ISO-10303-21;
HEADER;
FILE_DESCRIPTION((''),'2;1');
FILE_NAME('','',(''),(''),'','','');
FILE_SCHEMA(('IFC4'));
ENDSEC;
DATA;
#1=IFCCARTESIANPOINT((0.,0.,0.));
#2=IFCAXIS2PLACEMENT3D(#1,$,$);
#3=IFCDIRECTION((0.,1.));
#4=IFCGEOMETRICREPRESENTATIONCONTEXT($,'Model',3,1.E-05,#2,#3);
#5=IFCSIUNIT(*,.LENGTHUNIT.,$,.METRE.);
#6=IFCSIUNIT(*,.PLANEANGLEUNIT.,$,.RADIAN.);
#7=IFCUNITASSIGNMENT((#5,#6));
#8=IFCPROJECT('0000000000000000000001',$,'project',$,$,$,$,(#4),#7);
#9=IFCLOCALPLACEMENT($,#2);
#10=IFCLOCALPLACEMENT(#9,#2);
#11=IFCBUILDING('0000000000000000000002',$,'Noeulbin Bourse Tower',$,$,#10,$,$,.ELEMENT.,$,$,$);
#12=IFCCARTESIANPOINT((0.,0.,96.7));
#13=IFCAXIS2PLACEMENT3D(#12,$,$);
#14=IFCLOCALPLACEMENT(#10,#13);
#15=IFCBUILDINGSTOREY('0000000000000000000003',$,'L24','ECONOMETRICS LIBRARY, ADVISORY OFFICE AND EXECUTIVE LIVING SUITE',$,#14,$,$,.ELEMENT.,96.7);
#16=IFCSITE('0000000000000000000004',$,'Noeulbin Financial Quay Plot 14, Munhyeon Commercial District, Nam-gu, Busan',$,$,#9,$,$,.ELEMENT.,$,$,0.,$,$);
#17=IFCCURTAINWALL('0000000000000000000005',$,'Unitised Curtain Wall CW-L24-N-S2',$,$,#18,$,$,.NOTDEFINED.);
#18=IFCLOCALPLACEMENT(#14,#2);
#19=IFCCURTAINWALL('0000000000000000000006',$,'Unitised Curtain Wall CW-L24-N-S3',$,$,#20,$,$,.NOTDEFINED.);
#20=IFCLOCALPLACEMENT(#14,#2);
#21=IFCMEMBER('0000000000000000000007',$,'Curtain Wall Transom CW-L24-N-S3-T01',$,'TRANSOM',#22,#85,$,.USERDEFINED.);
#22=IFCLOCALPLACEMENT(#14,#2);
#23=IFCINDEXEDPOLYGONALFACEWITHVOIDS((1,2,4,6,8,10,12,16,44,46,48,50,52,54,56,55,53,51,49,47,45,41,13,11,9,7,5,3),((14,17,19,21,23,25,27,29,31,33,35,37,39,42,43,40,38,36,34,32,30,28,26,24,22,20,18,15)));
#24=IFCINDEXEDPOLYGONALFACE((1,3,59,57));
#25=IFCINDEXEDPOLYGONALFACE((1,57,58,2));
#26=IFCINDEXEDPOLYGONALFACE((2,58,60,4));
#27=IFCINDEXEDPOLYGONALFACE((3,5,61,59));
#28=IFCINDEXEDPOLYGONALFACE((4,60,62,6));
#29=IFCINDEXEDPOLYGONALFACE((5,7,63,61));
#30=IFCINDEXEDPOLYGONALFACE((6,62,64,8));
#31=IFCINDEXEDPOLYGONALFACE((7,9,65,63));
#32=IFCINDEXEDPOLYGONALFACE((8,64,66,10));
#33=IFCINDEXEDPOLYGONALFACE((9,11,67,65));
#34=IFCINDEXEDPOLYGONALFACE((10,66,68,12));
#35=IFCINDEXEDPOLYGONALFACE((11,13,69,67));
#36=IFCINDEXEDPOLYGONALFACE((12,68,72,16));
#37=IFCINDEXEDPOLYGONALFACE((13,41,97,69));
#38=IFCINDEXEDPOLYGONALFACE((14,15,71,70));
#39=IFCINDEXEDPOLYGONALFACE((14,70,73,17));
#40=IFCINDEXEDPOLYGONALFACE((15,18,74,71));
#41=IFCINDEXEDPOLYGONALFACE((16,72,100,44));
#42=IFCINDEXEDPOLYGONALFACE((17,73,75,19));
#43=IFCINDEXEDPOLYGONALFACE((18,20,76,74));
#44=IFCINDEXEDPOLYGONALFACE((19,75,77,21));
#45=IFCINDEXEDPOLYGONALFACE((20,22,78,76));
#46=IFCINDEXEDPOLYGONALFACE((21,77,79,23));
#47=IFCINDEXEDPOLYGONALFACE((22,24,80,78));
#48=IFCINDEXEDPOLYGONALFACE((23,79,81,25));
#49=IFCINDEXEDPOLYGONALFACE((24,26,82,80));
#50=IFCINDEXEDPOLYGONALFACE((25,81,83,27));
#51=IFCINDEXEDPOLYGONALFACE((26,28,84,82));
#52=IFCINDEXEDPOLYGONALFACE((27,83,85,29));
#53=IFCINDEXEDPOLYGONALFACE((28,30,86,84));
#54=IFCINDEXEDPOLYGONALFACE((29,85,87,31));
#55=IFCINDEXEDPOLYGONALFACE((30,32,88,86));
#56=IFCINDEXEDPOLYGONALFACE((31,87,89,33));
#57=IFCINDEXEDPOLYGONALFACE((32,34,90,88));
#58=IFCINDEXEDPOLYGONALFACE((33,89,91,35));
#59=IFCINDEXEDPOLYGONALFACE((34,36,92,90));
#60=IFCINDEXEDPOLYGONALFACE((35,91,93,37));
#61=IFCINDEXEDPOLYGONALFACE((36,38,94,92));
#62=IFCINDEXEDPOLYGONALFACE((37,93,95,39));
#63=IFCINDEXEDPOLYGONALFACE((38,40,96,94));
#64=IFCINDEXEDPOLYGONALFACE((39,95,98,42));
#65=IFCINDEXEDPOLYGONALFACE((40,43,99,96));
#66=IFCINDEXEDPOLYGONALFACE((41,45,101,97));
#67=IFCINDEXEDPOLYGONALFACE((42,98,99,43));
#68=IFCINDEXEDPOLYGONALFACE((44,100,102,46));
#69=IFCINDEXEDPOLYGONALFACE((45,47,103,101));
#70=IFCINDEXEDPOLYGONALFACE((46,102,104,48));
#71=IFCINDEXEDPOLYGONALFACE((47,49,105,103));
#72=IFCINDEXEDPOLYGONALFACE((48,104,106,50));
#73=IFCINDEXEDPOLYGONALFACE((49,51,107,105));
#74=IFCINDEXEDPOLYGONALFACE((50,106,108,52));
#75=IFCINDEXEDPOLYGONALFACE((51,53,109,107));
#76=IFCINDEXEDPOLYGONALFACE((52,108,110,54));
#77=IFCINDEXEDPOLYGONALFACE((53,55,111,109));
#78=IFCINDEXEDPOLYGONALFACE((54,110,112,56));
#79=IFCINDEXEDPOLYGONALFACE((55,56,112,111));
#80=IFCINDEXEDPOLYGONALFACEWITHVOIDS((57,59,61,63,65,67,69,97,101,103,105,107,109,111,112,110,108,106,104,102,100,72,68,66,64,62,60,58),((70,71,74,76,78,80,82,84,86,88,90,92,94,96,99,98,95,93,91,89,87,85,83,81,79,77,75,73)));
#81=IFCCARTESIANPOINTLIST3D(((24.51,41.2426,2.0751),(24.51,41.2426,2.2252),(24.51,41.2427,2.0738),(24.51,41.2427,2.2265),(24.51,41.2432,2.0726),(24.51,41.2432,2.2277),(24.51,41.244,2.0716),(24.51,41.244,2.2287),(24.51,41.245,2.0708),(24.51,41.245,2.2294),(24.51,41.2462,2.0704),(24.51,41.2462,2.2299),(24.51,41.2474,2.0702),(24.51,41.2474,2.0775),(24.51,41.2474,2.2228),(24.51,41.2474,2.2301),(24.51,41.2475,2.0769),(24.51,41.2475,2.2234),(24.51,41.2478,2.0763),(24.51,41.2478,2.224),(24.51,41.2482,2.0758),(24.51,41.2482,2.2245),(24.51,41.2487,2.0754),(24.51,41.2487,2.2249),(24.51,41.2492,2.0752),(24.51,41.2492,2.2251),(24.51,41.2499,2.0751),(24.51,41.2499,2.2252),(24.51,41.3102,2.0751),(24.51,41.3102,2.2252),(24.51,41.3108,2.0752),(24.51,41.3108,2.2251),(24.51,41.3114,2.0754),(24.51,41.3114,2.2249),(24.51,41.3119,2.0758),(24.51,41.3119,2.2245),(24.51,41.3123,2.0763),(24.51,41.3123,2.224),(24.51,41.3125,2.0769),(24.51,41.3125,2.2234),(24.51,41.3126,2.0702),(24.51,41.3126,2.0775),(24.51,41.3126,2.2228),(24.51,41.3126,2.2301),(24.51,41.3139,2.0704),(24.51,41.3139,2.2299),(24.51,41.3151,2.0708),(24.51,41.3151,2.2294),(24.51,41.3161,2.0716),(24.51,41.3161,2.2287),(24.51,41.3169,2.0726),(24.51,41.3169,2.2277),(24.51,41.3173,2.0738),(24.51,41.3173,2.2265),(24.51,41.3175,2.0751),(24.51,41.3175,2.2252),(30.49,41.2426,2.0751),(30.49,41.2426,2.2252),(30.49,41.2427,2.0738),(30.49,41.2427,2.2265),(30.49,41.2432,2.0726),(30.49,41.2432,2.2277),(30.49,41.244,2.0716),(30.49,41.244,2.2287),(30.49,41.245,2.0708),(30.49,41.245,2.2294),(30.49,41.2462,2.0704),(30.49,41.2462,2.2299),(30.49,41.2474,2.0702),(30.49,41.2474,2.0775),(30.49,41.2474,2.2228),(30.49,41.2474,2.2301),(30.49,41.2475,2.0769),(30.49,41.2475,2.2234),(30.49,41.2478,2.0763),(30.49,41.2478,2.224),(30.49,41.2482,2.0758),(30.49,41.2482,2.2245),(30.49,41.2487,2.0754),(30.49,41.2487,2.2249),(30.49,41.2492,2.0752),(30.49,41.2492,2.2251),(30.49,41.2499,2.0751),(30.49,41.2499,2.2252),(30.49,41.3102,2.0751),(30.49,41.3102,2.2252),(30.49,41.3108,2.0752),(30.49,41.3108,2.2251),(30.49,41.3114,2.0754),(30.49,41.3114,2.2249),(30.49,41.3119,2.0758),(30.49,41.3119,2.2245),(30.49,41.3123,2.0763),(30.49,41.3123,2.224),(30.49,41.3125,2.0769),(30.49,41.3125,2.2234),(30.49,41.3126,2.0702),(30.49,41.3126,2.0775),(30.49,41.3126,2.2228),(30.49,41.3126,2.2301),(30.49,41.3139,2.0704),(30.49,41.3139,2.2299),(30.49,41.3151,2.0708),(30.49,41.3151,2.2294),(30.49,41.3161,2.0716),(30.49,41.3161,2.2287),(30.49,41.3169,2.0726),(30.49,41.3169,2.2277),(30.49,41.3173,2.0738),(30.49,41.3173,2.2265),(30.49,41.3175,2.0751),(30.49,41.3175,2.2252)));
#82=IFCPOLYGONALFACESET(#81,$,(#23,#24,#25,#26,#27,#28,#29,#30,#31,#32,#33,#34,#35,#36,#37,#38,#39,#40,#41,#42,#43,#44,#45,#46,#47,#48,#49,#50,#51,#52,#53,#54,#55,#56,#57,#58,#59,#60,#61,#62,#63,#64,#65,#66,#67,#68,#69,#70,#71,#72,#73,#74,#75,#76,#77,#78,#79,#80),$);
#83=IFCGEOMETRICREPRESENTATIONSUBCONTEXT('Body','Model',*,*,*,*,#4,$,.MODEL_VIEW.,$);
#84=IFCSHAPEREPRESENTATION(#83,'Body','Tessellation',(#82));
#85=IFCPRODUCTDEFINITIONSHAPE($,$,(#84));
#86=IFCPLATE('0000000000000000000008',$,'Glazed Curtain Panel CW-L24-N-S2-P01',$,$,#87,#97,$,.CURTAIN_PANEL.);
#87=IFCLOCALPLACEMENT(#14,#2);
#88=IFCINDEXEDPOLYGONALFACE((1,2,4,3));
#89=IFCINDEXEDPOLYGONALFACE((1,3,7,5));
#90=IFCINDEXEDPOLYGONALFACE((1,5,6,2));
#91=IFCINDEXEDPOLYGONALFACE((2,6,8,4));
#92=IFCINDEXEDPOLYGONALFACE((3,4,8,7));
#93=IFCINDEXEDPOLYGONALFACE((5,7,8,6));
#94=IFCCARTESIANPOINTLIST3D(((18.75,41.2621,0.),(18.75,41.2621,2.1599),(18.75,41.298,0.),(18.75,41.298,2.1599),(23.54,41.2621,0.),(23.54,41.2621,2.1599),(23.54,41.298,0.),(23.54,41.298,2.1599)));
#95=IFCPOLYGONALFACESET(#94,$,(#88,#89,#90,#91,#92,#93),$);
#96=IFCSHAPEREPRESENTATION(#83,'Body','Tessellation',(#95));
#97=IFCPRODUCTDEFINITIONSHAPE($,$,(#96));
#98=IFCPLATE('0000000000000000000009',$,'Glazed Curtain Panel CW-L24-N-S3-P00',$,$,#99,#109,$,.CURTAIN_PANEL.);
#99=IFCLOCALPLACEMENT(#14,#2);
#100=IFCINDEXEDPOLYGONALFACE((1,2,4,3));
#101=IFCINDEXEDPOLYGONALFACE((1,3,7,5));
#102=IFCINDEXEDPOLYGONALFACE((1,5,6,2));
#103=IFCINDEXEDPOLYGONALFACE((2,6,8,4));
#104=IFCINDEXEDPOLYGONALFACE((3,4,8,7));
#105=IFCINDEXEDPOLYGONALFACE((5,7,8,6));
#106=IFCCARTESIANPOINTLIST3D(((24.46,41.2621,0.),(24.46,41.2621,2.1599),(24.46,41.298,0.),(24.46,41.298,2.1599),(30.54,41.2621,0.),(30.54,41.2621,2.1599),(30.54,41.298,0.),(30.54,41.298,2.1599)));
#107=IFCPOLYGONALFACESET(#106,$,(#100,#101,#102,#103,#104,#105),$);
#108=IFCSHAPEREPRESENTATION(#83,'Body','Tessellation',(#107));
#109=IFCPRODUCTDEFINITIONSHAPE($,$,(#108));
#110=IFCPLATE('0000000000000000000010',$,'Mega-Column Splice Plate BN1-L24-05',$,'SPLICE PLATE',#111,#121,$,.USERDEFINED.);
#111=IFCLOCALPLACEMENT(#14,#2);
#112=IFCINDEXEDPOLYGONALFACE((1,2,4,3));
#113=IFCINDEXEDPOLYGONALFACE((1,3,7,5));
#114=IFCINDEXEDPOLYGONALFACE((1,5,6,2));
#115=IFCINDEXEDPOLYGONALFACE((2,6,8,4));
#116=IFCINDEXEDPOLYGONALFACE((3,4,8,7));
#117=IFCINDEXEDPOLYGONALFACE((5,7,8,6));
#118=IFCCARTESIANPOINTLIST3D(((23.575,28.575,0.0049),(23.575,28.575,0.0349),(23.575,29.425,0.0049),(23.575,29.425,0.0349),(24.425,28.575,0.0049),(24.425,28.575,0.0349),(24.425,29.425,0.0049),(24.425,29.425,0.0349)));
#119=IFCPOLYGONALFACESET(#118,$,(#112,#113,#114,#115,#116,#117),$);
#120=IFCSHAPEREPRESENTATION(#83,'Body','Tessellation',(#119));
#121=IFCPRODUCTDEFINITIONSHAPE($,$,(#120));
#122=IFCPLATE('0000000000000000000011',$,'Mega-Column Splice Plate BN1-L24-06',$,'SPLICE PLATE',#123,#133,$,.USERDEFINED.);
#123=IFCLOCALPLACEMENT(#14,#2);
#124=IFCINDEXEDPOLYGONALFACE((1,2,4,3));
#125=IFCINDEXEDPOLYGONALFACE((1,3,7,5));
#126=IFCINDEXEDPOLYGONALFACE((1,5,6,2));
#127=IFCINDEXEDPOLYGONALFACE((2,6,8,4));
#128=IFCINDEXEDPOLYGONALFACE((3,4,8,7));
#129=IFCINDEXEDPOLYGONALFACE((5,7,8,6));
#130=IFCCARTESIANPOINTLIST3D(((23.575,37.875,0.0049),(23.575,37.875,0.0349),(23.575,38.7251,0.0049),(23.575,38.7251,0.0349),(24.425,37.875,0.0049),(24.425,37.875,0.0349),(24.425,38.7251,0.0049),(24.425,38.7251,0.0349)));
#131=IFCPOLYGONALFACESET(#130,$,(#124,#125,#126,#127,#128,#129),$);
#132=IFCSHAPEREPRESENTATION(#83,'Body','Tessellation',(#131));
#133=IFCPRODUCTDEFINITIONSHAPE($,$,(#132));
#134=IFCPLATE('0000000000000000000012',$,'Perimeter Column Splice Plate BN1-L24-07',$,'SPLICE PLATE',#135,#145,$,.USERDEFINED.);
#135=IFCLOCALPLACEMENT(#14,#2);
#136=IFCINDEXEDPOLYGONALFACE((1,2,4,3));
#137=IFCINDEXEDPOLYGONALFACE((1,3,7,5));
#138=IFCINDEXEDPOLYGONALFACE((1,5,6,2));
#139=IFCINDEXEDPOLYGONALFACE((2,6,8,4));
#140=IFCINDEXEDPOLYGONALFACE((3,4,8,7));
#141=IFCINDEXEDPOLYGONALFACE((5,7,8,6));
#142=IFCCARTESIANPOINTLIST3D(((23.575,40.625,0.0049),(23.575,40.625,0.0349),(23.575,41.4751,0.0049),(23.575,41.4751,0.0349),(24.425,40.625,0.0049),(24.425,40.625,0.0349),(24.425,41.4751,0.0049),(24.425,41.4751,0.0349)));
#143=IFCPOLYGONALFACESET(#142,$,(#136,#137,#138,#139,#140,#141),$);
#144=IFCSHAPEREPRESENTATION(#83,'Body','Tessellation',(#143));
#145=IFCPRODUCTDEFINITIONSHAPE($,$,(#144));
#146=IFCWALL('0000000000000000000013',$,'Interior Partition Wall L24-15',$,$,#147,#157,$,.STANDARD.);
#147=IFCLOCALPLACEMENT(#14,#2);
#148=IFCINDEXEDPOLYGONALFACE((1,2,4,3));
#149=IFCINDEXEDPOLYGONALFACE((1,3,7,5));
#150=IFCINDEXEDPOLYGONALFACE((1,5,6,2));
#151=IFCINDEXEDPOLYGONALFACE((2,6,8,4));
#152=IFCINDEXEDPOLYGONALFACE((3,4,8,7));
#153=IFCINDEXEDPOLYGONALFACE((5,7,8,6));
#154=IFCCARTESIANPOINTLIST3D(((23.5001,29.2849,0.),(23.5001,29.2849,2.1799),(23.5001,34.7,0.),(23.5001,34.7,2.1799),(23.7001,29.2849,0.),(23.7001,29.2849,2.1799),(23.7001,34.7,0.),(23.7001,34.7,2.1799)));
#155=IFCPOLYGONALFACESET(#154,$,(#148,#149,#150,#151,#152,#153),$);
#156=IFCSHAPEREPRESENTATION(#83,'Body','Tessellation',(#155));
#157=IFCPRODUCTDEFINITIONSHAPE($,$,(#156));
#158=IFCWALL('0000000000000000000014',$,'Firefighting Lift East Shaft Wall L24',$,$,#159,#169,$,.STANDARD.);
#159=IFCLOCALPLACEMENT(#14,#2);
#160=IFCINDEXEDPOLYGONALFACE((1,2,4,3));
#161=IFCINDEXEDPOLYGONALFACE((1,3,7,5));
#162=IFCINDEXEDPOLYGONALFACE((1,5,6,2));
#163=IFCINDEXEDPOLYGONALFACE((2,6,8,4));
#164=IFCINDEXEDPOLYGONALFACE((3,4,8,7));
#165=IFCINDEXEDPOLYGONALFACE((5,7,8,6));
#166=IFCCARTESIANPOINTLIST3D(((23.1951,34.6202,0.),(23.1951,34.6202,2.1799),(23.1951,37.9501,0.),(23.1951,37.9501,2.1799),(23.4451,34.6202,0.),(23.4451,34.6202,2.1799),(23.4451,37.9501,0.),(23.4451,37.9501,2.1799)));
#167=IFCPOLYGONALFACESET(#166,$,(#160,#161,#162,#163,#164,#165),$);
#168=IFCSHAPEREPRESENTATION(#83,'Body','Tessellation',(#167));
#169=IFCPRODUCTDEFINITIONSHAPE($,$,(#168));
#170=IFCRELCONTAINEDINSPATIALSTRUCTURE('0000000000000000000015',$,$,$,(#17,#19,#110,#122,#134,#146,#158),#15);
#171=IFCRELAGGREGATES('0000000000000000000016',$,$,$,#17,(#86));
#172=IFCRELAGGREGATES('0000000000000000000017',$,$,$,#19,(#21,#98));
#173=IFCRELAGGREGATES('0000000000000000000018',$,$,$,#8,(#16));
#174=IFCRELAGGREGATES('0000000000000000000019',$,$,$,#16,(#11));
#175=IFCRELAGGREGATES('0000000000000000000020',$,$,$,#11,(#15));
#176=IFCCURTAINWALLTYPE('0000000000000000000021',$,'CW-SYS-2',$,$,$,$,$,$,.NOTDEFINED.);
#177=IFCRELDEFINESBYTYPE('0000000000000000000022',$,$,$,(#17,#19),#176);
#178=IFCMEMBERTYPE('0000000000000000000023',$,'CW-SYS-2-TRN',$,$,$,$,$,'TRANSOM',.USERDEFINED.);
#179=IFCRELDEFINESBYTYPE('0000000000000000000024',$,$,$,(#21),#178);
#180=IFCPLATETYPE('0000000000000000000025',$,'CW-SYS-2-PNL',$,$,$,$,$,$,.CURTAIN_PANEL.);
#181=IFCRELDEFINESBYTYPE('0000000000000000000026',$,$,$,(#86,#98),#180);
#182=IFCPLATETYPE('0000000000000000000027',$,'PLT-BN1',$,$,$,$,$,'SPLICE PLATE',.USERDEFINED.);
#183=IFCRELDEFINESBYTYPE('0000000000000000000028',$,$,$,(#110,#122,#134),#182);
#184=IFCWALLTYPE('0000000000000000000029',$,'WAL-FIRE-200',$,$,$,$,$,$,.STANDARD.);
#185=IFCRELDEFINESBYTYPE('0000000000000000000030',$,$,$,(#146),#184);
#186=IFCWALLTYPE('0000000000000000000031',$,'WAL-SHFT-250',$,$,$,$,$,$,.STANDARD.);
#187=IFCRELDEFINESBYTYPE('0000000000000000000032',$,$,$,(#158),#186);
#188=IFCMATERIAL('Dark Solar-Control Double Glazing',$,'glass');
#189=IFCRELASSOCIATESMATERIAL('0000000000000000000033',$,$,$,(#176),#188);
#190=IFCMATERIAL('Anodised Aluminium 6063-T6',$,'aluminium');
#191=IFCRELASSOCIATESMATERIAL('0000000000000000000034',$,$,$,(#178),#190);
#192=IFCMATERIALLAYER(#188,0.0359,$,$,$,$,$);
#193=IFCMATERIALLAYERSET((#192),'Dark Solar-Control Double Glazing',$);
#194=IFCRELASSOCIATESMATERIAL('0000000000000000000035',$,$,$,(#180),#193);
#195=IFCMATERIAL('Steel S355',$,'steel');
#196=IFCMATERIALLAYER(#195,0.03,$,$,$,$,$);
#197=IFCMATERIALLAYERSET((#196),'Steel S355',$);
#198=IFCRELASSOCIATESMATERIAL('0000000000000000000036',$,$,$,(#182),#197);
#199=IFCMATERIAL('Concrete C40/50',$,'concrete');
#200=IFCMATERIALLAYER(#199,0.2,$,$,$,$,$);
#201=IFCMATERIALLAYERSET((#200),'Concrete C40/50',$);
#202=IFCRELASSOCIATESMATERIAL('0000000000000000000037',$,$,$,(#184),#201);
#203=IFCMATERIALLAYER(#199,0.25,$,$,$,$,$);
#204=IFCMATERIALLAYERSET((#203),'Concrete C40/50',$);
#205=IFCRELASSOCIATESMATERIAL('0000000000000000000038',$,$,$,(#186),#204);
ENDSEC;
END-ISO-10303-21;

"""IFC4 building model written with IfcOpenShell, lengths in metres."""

from ifc_helpers import new_model, si_unit, direction, frame, frame_2d, origin, origin_2d, place, context, subcontext, project, spatial, rectangle, hollow_rectangle, extrude, material, layer, layer_set, material_profile, profile_set, type_object, element, aggregate, save


model = new_model("IFC4")

# Units and contexts
model_context = context("Model", 3, precision=1e-05, world=origin(), true_north=direction((0.0, 1.0)))
body_context = subcontext(model_context, "Body", "Model", "MODEL_VIEW")
ifc_project = project(units=[si_unit("LENGTHUNIT", "METRE"), si_unit("PLANEANGLEUNIT", "RADIAN")], contexts=[model_context])

# Site, building, storey
site_placement = place(None, origin())
site = spatial("IfcSite", under=ifc_project, at=site_placement, Name="Noeulbin Financial Quay Plot 14, Munhyeon Commercial District, Nam-gu, Busan", CompositionType="ELEMENT", RefElevation=0.0)
building_placement = place(site_placement, origin())
building = spatial("IfcBuilding", under=site, at=building_placement, Name="Noeulbin Bourse Tower", CompositionType="ELEMENT")
storey_placement = place(building_placement, frame((0.0, 0.0, 96.7)))
storey = spatial("IfcBuildingStorey", under=building, at=storey_placement, Name="L24", Description="ECONOMETRICS LIBRARY, ADVISORY OFFICE AND EXECUTIVE LIVING SUITE", CompositionType="ELEMENT", Elevation=96.7)

# Shared definitions
ifc_material_1 = material(Name="Steel S355", Category="steel")

# Curtain wall
ifc_material_2 = material(Name="Dark Solar-Control Double Glazing", Category="glass")
curtain_wall_type = type_object("IfcCurtainWallType", Name="CW-SYS-2", PredefinedType="NOTDEFINED", material=ifc_material_2)
curtain_wall_1_placement = place(storey_placement, origin())
curtain_wall_1 = element("IfcCurtainWall", 1, at=curtain_wall_1_placement, inside=storey, type_object=curtain_wall_type, Name="Unitised Curtain Wall CW-L24-N-S2", PredefinedType="NOTDEFINED")
ifc_material_3 = material(Name="Anodised Aluminium 6063-T6", Category="aluminium")

# Curtain wall, member
curtain_wall_2_placement = place(storey_placement, origin())
curtain_wall_2 = element("IfcCurtainWall", 2, at=curtain_wall_2_placement, inside=storey, type_object=curtain_wall_type, Name="Unitised Curtain Wall CW-L24-N-S3", PredefinedType="NOTDEFINED")
ifc_material_profile_1 = material_profile(ifc_material_3, hollow_rectangle(XDim=0.075, YDim=0.1599, WallThickness=0.0049, InnerFilletRadius=0.0024, OuterFilletRadius=0.0049, at=origin_2d()), Name="ALU-TRAN-75x160x5", Category="LoadBearing")
ifc_profile_set_1 = profile_set([ifc_material_profile_1], Name="Anodised Aluminium 6063-T6")
member_type_1 = type_object("IfcMemberType", Name="CW-SYS-2-TRN", ElementType="TRANSOM", PredefinedType="USERDEFINED", material=ifc_profile_set_1)
member_1_placement = place(storey_placement, frame((24.51, 41.28, 2.1501), z_axis=(1.0, 0.0, 0.0), x_axis=(0.0, 1.0, 0.0)))
member_1 = element("IfcMember", 3, at=member_1_placement, type_object=member_type_1, Name="Curtain Wall Transom CW-L24-N-S3-T01", ObjectType="TRANSOM", PredefinedType="USERDEFINED", context=body_context, shape_type="SweptSolid", body=[
    extrude(hollow_rectangle(XDim=0.075, YDim=0.1599, WallThickness=0.0049, InnerFilletRadius=0.0024, OuterFilletRadius=0.0049, at=origin_2d()), origin(), (0.0, 0.0, 1.0), 5.98),
])

# Plates
ifc_layer_1 = layer(ifc_material_2, 0.0359)
ifc_layer_set_1 = layer_set([ifc_layer_1], Name="Dark Solar-Control Double Glazing")
plate_type_1 = type_object("IfcPlateType", Name="CW-SYS-2-PNL", PredefinedType="CURTAIN_PANEL", material=ifc_layer_set_1)
plate_1_placement = place(storey_placement, frame((21.145, 41.28, 0.0), z_axis=(0.0, 0.0, 1.0), x_axis=(1.0, 0.0, 0.0)))
plate_1 = element("IfcPlate", 4, at=plate_1_placement, type_object=plate_type_1, Name="Glazed Curtain Panel CW-L24-N-S2-P01", PredefinedType="CURTAIN_PANEL", context=body_context, shape_type="SweptSolid", body=[
    extrude(rectangle(XDim=4.79, YDim=0.0359, at=origin_2d()), origin(), (0.0, 0.0, 1.0), 2.1599),
])
aggregate(curtain_wall_1, [plate_1])
plate_2_placement = place(storey_placement, frame((27.5, 41.28, 0.0), z_axis=(0.0, 0.0, 1.0), x_axis=(1.0, 0.0, 0.0)))
plate_2 = element("IfcPlate", 5, at=plate_2_placement, type_object=plate_type_1, Name="Glazed Curtain Panel CW-L24-N-S3-P00", PredefinedType="CURTAIN_PANEL", context=body_context, shape_type="SweptSolid", body=[
    extrude(rectangle(XDim=6.0801, YDim=0.0359, at=origin_2d()), origin(), (0.0, 0.0, 1.0), 2.1599),
])
aggregate(curtain_wall_2, [member_1, plate_2])

# Plates
ifc_layer_2 = layer(ifc_material_1, 0.03)
ifc_layer_set_2 = layer_set([ifc_layer_2], Name="Steel S355")
plate_type_2 = type_object("IfcPlateType", Name="PLT-BN1", ElementType="SPLICE PLATE", PredefinedType="USERDEFINED", material=ifc_layer_set_2)
for number, where, z_axis, x_axis, name in (
    (6, (24.0, 29.0, 0.0049), (0.0, 0.0, 1.0), (1.0, 0.0, 0.0), "Mega-Column Splice Plate BN1-L24-05"),
    (7, (24.0, 38.3, 0.0049), (0.0, 0.0, 1.0), (1.0, 0.0, 0.0), "Mega-Column Splice Plate BN1-L24-06"),
    (8, (24.0, 41.05, 0.0049), (0.0, 0.0, 1.0), (1.0, 0.0, 0.0), "Perimeter Column Splice Plate BN1-L24-07"),
):
    element("IfcPlate", number, at=place(storey_placement, frame(where, z_axis=z_axis, x_axis=x_axis)), inside=storey, type_object=plate_type_2, Name=name, ObjectType="SPLICE PLATE", PredefinedType="USERDEFINED", context=body_context, shape_type="SweptSolid", body=[
        extrude(rectangle(XDim=0.8501, YDim=0.8501, at=origin_2d()), origin(), (0.0, 0.0, 1.0), 0.03),
    ])

# Walls
ifc_material_4 = material(Name="Concrete C40/50", Category="concrete")
ifc_layer_3 = layer(ifc_material_4, 0.2)
ifc_layer_set_3 = layer_set([ifc_layer_3], Name="Concrete C40/50")
wall_type_1 = type_object("IfcWallType", Name="WAL-FIRE-200", PredefinedType="STANDARD", material=ifc_layer_set_3)
wall_1_placement = place(storey_placement, frame((23.6001, 29.2849, 0.0), z_axis=(0.0, 0.0, 1.0), x_axis=(0.0, 1.0, 0.0)))
element("IfcWall", 9, at=wall_1_placement, inside=storey, type_object=wall_type_1, Name="Interior Partition Wall L24-15", PredefinedType="STANDARD", context=body_context, shape_type="SweptSolid", body=[
    extrude(rectangle(XDim=5.415, YDim=0.2, at=frame_2d((2.7075, 0.0))), origin(), (0.0, 0.0, 1.0), 2.1799),
])
ifc_layer_4 = layer(ifc_material_4, 0.25)
ifc_layer_set_4 = layer_set([ifc_layer_4], Name="Concrete C40/50")
wall_type_2 = type_object("IfcWallType", Name="WAL-SHFT-250", PredefinedType="STANDARD", material=ifc_layer_set_4)
wall_2_placement = place(storey_placement, frame((23.3201, 34.6201, 0.0), z_axis=(0.0, 0.0, 1.0), x_axis=(0.0, 1.0, 0.0)))
element("IfcWall", 10, at=wall_2_placement, inside=storey, type_object=wall_type_2, Name="Firefighting Lift East Shaft Wall L24", PredefinedType="STANDARD", context=body_context, shape_type="SweptSolid", body=[
    extrude(rectangle(XDim=3.3298, YDim=0.25, at=frame_2d((1.665, 0.0))), origin(), (0.0, 0.0, 1.0), 2.1799),
])

save(model, "model.ifc")
